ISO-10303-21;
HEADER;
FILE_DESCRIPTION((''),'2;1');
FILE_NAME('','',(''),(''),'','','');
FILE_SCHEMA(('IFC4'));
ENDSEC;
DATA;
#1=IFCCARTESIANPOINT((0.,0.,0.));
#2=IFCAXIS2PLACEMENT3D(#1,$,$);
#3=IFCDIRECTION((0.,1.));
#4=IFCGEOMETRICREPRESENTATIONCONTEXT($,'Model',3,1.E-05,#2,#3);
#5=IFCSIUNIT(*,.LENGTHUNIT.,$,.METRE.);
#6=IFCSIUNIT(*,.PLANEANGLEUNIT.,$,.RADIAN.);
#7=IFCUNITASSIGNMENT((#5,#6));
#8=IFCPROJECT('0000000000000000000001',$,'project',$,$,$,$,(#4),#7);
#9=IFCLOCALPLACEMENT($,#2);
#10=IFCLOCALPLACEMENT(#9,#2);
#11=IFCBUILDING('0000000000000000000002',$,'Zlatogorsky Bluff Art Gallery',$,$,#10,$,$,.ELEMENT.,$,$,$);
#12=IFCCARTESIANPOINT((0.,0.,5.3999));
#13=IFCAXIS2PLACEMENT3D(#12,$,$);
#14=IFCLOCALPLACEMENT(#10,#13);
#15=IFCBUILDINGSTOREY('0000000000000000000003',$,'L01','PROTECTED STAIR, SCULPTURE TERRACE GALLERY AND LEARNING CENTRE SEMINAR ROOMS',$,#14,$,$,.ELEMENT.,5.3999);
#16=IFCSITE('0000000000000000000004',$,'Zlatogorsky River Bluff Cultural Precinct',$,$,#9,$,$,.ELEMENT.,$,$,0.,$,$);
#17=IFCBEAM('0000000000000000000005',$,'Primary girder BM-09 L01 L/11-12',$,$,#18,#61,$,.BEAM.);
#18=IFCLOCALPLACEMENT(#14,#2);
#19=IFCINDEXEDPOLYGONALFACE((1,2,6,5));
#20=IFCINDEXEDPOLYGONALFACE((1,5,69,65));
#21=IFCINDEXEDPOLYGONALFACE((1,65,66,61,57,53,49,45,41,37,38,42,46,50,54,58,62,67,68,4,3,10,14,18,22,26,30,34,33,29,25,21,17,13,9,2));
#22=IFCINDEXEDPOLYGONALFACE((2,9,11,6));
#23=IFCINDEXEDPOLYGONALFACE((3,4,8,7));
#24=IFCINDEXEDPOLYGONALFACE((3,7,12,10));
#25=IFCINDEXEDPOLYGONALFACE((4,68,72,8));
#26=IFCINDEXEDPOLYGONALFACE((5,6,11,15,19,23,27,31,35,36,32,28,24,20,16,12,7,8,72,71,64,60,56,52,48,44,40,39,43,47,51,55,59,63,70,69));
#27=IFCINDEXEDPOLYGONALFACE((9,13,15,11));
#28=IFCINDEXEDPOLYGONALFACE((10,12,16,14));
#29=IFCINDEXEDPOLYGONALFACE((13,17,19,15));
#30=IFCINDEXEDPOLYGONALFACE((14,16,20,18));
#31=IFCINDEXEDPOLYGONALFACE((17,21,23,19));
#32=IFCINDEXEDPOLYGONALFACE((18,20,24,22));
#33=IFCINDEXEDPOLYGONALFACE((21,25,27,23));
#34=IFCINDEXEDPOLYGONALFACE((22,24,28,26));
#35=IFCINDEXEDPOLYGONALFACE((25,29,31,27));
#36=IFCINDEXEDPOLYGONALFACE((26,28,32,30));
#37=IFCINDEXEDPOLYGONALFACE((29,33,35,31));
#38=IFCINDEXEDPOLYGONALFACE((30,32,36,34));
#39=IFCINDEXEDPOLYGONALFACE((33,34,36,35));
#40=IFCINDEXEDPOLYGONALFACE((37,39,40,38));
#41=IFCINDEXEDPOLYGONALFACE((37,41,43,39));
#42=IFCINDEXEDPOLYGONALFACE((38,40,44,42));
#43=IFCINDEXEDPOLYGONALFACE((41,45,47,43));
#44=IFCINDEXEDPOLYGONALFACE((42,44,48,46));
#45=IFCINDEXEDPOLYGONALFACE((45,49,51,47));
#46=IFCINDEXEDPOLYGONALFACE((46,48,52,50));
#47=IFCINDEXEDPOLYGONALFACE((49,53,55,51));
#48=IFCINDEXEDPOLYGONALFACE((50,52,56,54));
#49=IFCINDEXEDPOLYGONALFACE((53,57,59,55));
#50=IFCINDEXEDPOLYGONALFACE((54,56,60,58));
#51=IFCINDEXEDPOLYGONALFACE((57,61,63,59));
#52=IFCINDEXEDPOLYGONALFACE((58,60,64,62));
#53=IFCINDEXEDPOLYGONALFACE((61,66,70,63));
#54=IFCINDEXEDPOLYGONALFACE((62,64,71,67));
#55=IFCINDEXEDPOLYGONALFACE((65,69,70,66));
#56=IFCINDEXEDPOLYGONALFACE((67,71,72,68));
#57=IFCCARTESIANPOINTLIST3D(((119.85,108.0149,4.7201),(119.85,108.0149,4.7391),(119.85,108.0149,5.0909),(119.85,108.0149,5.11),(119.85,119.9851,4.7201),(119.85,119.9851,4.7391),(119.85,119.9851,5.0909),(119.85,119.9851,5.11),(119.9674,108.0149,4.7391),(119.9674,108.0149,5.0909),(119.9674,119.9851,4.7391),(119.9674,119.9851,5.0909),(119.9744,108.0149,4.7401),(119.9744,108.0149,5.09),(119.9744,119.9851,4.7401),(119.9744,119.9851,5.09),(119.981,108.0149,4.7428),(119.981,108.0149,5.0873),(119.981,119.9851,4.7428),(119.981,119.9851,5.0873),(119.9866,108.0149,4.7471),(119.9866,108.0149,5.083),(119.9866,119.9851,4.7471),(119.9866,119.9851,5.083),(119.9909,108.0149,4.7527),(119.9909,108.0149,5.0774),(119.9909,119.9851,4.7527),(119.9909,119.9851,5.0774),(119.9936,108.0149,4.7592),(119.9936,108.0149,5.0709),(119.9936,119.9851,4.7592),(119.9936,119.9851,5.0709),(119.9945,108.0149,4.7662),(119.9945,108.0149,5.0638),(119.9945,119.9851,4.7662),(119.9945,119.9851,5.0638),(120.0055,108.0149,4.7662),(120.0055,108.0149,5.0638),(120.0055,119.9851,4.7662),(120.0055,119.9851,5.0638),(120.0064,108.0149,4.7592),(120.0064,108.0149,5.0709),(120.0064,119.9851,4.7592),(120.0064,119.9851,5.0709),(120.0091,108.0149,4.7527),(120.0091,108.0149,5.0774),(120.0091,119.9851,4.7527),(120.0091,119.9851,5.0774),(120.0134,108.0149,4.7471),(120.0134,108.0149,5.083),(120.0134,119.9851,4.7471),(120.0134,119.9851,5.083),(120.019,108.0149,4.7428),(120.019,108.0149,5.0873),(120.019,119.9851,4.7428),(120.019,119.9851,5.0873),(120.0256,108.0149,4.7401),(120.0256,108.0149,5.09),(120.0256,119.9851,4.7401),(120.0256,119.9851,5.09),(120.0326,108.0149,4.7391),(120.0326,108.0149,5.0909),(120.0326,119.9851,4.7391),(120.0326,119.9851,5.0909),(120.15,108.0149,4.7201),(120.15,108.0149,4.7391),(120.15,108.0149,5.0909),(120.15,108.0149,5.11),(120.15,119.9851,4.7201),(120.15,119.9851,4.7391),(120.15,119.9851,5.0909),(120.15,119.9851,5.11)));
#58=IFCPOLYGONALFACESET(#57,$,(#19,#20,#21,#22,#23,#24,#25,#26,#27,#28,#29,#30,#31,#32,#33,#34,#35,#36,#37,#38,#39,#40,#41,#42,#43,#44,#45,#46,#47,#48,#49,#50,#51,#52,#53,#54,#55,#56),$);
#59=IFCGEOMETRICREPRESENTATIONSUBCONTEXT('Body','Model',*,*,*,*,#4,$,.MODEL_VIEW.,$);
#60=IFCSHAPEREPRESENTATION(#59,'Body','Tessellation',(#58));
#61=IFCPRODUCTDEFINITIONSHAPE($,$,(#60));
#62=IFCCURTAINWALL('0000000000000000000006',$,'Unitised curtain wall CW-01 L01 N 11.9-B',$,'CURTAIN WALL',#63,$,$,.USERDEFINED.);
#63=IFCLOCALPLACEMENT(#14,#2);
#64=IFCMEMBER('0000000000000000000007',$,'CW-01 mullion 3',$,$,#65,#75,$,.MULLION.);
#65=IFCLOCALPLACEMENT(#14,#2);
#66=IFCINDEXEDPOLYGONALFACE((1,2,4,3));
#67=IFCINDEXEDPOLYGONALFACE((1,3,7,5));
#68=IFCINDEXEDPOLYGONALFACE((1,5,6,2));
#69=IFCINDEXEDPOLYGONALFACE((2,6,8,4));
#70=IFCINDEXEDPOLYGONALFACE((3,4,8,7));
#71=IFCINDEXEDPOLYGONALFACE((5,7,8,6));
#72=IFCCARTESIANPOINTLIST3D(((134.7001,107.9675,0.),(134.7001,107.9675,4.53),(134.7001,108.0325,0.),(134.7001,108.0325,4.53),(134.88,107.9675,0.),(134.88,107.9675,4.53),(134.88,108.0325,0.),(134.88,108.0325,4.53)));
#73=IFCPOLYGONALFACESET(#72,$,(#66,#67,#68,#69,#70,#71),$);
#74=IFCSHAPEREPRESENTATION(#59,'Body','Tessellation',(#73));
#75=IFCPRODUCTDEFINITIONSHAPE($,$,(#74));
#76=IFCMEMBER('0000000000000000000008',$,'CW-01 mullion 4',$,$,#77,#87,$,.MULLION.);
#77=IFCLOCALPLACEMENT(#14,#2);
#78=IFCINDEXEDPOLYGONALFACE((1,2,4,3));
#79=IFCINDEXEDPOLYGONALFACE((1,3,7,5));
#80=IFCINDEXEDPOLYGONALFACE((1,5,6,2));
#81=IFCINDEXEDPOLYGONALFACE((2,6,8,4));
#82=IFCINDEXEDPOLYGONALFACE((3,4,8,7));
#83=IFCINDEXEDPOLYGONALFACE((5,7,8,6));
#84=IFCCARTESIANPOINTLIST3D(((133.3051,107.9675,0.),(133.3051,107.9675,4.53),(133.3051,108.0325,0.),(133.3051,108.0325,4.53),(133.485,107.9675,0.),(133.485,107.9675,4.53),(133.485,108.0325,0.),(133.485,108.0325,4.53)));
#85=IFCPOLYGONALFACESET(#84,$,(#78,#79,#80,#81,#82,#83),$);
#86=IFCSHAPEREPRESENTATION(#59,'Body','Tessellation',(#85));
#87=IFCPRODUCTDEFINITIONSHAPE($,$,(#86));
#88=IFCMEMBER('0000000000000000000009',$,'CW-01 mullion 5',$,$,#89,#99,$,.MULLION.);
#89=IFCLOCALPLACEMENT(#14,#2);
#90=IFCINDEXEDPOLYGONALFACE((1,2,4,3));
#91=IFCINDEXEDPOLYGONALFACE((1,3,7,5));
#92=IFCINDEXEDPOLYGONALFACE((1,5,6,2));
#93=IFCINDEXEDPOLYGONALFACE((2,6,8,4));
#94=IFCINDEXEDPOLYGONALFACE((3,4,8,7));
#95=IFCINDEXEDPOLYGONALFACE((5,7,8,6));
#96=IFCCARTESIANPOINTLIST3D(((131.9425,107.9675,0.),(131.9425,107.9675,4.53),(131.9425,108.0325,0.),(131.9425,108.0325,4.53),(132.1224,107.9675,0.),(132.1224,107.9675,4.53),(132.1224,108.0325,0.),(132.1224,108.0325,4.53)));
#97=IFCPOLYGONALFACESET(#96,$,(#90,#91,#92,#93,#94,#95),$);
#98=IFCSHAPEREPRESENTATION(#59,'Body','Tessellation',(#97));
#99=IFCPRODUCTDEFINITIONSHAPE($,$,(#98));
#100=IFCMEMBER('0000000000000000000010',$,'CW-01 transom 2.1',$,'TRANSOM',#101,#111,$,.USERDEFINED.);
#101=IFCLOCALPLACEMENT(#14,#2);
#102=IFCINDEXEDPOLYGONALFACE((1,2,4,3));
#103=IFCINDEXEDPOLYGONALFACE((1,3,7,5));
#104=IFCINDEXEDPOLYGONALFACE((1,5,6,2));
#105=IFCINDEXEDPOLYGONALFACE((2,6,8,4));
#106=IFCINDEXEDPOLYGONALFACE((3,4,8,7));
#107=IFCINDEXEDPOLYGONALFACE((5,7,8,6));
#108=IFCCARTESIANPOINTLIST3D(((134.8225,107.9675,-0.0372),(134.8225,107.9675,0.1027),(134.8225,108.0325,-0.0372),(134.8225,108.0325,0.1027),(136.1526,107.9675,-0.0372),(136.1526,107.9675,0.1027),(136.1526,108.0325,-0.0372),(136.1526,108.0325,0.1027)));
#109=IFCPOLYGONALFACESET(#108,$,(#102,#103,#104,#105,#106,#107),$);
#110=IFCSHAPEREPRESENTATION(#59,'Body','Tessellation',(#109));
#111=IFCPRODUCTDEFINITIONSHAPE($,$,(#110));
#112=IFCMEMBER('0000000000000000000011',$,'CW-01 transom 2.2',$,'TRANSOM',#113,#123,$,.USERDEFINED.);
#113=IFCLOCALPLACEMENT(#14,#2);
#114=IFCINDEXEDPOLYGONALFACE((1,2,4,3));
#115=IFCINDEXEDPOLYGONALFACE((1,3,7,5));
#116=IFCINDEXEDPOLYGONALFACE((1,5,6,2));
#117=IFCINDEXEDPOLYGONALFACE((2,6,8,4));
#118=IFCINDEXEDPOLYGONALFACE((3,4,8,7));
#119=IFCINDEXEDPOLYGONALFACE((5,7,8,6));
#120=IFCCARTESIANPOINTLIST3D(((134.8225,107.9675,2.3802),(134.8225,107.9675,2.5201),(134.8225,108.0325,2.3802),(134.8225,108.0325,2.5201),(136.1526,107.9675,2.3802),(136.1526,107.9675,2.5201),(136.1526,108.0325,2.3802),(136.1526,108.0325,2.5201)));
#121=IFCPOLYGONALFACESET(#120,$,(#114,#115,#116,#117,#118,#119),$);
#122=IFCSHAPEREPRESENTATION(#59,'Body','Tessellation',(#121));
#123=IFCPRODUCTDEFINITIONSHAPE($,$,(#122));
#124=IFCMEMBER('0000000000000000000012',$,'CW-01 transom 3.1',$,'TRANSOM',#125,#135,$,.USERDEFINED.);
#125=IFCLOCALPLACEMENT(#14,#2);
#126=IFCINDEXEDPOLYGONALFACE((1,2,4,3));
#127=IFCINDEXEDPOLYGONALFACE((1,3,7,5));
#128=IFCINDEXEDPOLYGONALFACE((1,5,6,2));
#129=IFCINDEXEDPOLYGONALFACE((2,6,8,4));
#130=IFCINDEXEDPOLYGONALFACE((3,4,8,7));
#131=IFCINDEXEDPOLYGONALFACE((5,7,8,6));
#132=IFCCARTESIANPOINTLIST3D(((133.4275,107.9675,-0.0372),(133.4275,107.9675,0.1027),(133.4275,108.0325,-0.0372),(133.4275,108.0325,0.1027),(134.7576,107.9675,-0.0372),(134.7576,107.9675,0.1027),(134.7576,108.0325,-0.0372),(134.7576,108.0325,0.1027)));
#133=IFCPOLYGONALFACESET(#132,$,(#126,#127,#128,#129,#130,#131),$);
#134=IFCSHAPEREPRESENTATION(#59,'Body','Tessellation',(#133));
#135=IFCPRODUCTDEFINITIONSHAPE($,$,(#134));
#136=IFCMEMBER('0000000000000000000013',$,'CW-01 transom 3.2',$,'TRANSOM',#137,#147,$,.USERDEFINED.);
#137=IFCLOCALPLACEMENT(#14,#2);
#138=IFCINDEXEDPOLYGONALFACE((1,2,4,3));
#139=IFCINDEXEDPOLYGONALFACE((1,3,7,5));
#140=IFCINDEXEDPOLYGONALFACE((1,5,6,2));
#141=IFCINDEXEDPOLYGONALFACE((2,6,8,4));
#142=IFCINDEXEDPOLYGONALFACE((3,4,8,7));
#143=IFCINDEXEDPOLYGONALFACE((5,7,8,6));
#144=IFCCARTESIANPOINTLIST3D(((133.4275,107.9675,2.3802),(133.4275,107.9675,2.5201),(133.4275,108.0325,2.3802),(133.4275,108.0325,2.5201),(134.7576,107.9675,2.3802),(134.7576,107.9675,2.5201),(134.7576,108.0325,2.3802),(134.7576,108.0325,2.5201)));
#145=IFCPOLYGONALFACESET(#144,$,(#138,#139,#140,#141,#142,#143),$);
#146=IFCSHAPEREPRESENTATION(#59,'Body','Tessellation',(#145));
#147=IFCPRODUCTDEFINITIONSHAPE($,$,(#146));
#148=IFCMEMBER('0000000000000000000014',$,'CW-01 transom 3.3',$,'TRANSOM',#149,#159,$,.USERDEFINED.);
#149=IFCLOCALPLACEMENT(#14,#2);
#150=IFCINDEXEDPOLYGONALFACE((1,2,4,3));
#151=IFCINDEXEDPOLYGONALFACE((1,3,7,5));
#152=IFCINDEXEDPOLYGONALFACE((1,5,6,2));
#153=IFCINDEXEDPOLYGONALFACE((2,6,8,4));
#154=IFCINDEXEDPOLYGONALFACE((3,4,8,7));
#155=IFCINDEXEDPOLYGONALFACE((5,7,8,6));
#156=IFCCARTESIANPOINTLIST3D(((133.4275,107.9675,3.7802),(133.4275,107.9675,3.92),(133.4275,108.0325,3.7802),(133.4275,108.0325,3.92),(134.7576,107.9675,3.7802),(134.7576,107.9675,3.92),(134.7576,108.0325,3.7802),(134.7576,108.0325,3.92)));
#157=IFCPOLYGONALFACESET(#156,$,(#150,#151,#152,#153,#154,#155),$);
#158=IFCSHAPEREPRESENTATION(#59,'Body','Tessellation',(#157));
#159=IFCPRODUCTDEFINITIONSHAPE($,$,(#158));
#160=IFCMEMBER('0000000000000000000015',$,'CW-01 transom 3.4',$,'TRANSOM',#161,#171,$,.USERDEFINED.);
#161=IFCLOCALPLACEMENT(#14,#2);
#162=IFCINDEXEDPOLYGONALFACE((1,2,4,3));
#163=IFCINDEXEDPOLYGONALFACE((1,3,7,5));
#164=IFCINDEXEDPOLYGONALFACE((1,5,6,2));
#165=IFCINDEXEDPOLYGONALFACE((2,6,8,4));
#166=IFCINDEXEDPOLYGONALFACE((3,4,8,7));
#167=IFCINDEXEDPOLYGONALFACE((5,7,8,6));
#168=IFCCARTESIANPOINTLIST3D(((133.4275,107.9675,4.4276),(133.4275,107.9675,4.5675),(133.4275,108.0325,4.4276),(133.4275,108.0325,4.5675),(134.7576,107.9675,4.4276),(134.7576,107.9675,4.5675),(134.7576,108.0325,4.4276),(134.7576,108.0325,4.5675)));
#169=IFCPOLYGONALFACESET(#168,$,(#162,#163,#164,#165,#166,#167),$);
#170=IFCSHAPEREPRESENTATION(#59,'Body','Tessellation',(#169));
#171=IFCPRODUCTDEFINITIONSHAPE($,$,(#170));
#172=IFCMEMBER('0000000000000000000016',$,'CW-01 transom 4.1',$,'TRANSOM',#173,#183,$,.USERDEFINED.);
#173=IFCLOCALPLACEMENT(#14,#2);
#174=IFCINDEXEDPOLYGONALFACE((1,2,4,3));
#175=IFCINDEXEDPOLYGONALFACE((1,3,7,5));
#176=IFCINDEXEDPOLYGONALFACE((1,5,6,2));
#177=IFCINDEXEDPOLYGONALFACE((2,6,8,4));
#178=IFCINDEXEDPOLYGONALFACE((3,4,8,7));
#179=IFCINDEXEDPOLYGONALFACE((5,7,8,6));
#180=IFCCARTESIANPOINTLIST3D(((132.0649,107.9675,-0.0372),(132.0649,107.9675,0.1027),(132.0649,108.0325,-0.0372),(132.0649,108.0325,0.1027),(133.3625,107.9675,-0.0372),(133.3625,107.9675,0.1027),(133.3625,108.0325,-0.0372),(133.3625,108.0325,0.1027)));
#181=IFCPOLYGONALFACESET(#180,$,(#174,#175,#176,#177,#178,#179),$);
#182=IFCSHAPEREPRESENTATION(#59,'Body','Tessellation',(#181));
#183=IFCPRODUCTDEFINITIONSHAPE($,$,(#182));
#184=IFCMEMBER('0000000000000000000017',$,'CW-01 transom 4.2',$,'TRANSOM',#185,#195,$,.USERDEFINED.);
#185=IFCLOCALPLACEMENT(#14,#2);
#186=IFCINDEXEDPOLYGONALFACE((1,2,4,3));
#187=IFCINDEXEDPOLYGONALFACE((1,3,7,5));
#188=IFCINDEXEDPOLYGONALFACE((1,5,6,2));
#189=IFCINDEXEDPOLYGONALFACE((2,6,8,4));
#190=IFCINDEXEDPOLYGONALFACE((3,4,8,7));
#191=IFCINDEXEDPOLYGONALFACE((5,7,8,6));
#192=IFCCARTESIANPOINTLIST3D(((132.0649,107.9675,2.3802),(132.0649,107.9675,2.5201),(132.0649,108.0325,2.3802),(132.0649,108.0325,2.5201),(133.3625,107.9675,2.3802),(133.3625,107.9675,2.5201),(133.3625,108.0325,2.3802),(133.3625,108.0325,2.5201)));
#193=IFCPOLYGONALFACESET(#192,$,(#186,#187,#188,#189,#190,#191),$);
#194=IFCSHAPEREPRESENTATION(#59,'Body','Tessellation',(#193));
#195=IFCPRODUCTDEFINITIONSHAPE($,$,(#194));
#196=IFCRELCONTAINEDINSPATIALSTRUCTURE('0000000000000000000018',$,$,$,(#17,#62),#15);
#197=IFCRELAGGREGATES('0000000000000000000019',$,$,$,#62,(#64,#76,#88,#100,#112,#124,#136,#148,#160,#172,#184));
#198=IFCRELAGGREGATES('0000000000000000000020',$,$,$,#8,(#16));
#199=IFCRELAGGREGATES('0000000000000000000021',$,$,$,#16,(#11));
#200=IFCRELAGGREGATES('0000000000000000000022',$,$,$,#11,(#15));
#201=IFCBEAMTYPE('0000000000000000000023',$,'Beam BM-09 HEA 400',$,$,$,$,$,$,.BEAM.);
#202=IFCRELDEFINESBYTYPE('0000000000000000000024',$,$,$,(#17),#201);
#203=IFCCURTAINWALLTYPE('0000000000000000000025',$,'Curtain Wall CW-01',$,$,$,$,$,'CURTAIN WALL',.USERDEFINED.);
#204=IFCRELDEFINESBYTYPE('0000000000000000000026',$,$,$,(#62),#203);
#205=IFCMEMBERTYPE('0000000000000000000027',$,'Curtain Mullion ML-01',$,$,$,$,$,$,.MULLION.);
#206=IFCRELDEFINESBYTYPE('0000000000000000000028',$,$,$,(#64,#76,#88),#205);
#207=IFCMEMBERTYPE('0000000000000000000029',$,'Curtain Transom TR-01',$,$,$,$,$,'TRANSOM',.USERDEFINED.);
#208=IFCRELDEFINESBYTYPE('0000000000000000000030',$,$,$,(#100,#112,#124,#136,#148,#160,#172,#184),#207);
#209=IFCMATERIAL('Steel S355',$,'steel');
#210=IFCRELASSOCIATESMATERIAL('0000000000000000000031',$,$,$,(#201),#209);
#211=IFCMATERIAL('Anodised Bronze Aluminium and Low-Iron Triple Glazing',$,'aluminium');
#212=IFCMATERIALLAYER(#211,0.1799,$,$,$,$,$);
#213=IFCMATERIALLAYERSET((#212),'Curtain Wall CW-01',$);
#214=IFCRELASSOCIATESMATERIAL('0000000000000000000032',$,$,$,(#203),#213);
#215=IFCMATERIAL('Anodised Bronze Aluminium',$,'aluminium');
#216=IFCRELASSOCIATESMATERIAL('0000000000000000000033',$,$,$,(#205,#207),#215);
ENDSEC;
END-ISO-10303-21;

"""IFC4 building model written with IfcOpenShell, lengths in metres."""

from ifc_helpers import new_model, si_unit, direction, frame, origin, origin_2d, place, context, subcontext, project, spatial, rectangle, i_section, extrude, material, layer, layer_set, material_profile, profile_set, type_object, element, aggregate, save


model = new_model("IFC4")

# Units and contexts
model_context = context("Model", 3, precision=1e-05, world=origin(), true_north=direction((0.0, 1.0)))
body_context = subcontext(model_context, "Body", "Model", "MODEL_VIEW")
ifc_project = project(units=[si_unit("LENGTHUNIT", "METRE"), si_unit("PLANEANGLEUNIT", "RADIAN")], contexts=[model_context])

# Site, building, storey
site_placement = place(None, origin())
site = spatial("IfcSite", under=ifc_project, at=site_placement, Name="Zlatogorsky River Bluff Cultural Precinct", CompositionType="ELEMENT", RefElevation=0.0)
building_placement = place(site_placement, origin())
building = spatial("IfcBuilding", under=site, at=building_placement, Name="Zlatogorsky Bluff Art Gallery", CompositionType="ELEMENT")
storey_placement = place(building_placement, frame((0.0, 0.0, 5.3999)))
storey = spatial("IfcBuildingStorey", under=building, at=storey_placement, Name="L01", Description="PROTECTED STAIR, SCULPTURE TERRACE GALLERY AND LEARNING CENTRE SEMINAR ROOMS", CompositionType="ELEMENT", Elevation=5.3999)

# Shared definitions
ifc_material_1 = material(Name="Steel S355", Category="steel")

# Beam
ifc_material_profile_1 = material_profile(ifc_material_1, i_section(OverallWidth=0.3, OverallDepth=0.3899, WebThickness=0.011, FlangeThickness=0.019, FilletRadius=0.0271, at=origin_2d()), Name="HEA 400")
ifc_profile_set_1 = profile_set([ifc_material_profile_1], Name="Steel S355")
beam_type_1 = type_object("IfcBeamType", Name="Beam BM-09 HEA 400", PredefinedType="BEAM", material=ifc_profile_set_1)
beam_placement = place(storey_placement, frame((120.0, 108.0149, 4.915), z_axis=(0.0, 1.0, 0.0), x_axis=(-1.0, 0.0, 0.0)))
element("IfcBeam", 1, at=beam_placement, inside=storey, type_object=beam_type_1, Name="Primary girder BM-09 L01 L/11-12", PredefinedType="BEAM", context=body_context, shape_type="SweptSolid", body=[
    extrude(i_section(OverallWidth=0.3, OverallDepth=0.3899, WebThickness=0.011, FlangeThickness=0.019, FilletRadius=0.0271, at=origin_2d()), origin(), (0.0, 0.0, 1.0), 11.9702),
])

# Curtain wall, members
ifc_material_2 = material(Name="Anodised Bronze Aluminium and Low-Iron Triple Glazing", Category="aluminium")
ifc_layer_1 = layer(ifc_material_2, 0.1799)
ifc_layer_set_1 = layer_set([ifc_layer_1], Name="Curtain Wall CW-01")
curtain_wall_type = type_object("IfcCurtainWallType", Name="Curtain Wall CW-01", ElementType="CURTAIN WALL", PredefinedType="USERDEFINED", material=ifc_layer_set_1)
curtain_wall_placement = place(storey_placement, origin())
curtain_wall = element("IfcCurtainWall", 2, at=curtain_wall_placement, inside=storey, type_object=curtain_wall_type, Name="Unitised curtain wall CW-01 L01 N 11.9-B", ObjectType="CURTAIN WALL", PredefinedType="USERDEFINED")
ifc_material_3 = material(Name="Anodised Bronze Aluminium", Category="aluminium")
ifc_material_profile_2 = material_profile(ifc_material_3, rectangle(XDim=0.0649, YDim=0.1799, at=origin_2d()), Name="ALU MULLION 65x180")
ifc_profile_set_2 = profile_set([ifc_material_profile_2], Name="Anodised Bronze Aluminium")
member_type_1 = type_object("IfcMemberType", Name="Curtain Mullion ML-01", PredefinedType="MULLION", material=ifc_profile_set_2)
member_1_placement = place(storey_placement, frame((134.79, 108.0, 0.0), z_axis=(0.0, 0.0, 1.0), x_axis=(0.0, -1.0, 0.0)))
member_1 = element("IfcMember", 3, at=member_1_placement, type_object=member_type_1, Name="CW-01 mullion 3", PredefinedType="MULLION", context=body_context, shape_type="SweptSolid", body=[
    extrude(rectangle(XDim=0.0649, YDim=0.1799, at=origin_2d()), origin(), (0.0, 0.0, 1.0), 4.53),
])
member_2_placement = place(storey_placement, frame((133.395, 108.0, 0.0), z_axis=(0.0, 0.0, 1.0), x_axis=(0.0, -1.0, 0.0)))
member_2 = element("IfcMember", 4, at=member_2_placement, type_object=member_type_1, Name="CW-01 mullion 4", PredefinedType="MULLION", context=body_context, shape_type="SweptSolid", body=[
    extrude(rectangle(XDim=0.0649, YDim=0.1799, at=origin_2d()), origin(), (0.0, 0.0, 1.0), 4.53),
])
member_3_placement = place(storey_placement, frame((132.0325, 108.0, 0.0), z_axis=(0.0, 0.0, 1.0), x_axis=(0.0, -1.0, 0.0)))
member_3 = element("IfcMember", 5, at=member_3_placement, type_object=member_type_1, Name="CW-01 mullion 5", PredefinedType="MULLION", context=body_context, shape_type="SweptSolid", body=[
    extrude(rectangle(XDim=0.0649, YDim=0.1799, at=origin_2d()), origin(), (0.0, 0.0, 1.0), 4.53),
])
ifc_material_profile_3 = material_profile(ifc_material_3, rectangle(XDim=0.0649, YDim=0.1399, at=origin_2d()), Name="ALU TRANSOM 65x140")
ifc_profile_set_3 = profile_set([ifc_material_profile_3], Name="Anodised Bronze Aluminium")
member_type_2 = type_object("IfcMemberType", Name="Curtain Transom TR-01", ElementType="TRANSOM", PredefinedType="USERDEFINED", material=ifc_profile_set_3)
member_4_placement = place(storey_placement, frame((136.1526, 108.0, 0.0327), z_axis=(-1.0, 0.0, 0.0), x_axis=(0.0, -1.0, 0.0)))
member_4 = element("IfcMember", 6, at=member_4_placement, type_object=member_type_2, Name="CW-01 transom 2.1", ObjectType="TRANSOM", PredefinedType="USERDEFINED", context=body_context, shape_type="SweptSolid", body=[
    extrude(rectangle(XDim=0.0649, YDim=0.1399, at=origin_2d()), origin(), (0.0, 0.0, 1.0), 1.3301),
])
member_5_placement = place(storey_placement, frame((136.1526, 108.0, 2.4502), z_axis=(-1.0, 0.0, 0.0), x_axis=(0.0, -1.0, 0.0)))
member_5 = element("IfcMember", 7, at=member_5_placement, type_object=member_type_2, Name="CW-01 transom 2.2", ObjectType="TRANSOM", PredefinedType="USERDEFINED", context=body_context, shape_type="SweptSolid", body=[
    extrude(rectangle(XDim=0.0649, YDim=0.1399, at=origin_2d()), origin(), (0.0, 0.0, 1.0), 1.3301),
])
member_6_placement = place(storey_placement, frame((134.7576, 108.0, 0.0327), z_axis=(-1.0, 0.0, 0.0), x_axis=(0.0, -1.0, 0.0)))
member_6 = element("IfcMember", 8, at=member_6_placement, type_object=member_type_2, Name="CW-01 transom 3.1", ObjectType="TRANSOM", PredefinedType="USERDEFINED", context=body_context, shape_type="SweptSolid", body=[
    extrude(rectangle(XDim=0.0649, YDim=0.1399, at=origin_2d()), origin(), (0.0, 0.0, 1.0), 1.3301),
])
member_7_placement = place(storey_placement, frame((134.7576, 108.0, 2.4502), z_axis=(-1.0, 0.0, 0.0), x_axis=(0.0, -1.0, 0.0)))
member_7 = element("IfcMember", 9, at=member_7_placement, type_object=member_type_2, Name="CW-01 transom 3.2", ObjectType="TRANSOM", PredefinedType="USERDEFINED", context=body_context, shape_type="SweptSolid", body=[
    extrude(rectangle(XDim=0.0649, YDim=0.1399, at=origin_2d()), origin(), (0.0, 0.0, 1.0), 1.3301),
])
member_8_placement = place(storey_placement, frame((134.7576, 108.0, 3.8501), z_axis=(-1.0, 0.0, 0.0), x_axis=(0.0, -1.0, 0.0)))
member_8 = element("IfcMember", 10, at=member_8_placement, type_object=member_type_2, Name="CW-01 transom 3.3", ObjectType="TRANSOM", PredefinedType="USERDEFINED", context=body_context, shape_type="SweptSolid", body=[
    extrude(rectangle(XDim=0.0649, YDim=0.1399, at=origin_2d()), origin(), (0.0, 0.0, 1.0), 1.3301),
])
member_9_placement = place(storey_placement, frame((134.7576, 108.0, 4.4976), z_axis=(-1.0, 0.0, 0.0), x_axis=(0.0, -1.0, 0.0)))
member_9 = element("IfcMember", 11, at=member_9_placement, type_object=member_type_2, Name="CW-01 transom 3.4", ObjectType="TRANSOM", PredefinedType="USERDEFINED", context=body_context, shape_type="SweptSolid", body=[
    extrude(rectangle(XDim=0.0649, YDim=0.1399, at=origin_2d()), origin(), (0.0, 0.0, 1.0), 1.3301),
])
member_10_placement = place(storey_placement, frame((133.3625, 108.0, 0.0327), z_axis=(-1.0, 0.0, 0.0), x_axis=(0.0, -1.0, 0.0)))
member_10 = element("IfcMember", 12, at=member_10_placement, type_object=member_type_2, Name="CW-01 transom 4.1", ObjectType="TRANSOM", PredefinedType="USERDEFINED", context=body_context, shape_type="SweptSolid", body=[
    extrude(rectangle(XDim=0.0649, YDim=0.1399, at=origin_2d()), origin(), (0.0, 0.0, 1.0), 1.2976),
])
member_11_placement = place(storey_placement, frame((133.3625, 108.0, 2.4502), z_axis=(-1.0, 0.0, 0.0), x_axis=(0.0, -1.0, 0.0)))
member_11 = element("IfcMember", 13, at=member_11_placement, type_object=member_type_2, Name="CW-01 transom 4.2", ObjectType="TRANSOM", PredefinedType="USERDEFINED", context=body_context, shape_type="SweptSolid", body=[
    extrude(rectangle(XDim=0.0649, YDim=0.1399, at=origin_2d()), origin(), (0.0, 0.0, 1.0), 1.2976),
])
aggregate(curtain_wall, [member_1, member_2, member_3, member_4, member_5, member_6, member_7, member_8, member_9, member_10, member_11])

save(model, "model.ifc")
